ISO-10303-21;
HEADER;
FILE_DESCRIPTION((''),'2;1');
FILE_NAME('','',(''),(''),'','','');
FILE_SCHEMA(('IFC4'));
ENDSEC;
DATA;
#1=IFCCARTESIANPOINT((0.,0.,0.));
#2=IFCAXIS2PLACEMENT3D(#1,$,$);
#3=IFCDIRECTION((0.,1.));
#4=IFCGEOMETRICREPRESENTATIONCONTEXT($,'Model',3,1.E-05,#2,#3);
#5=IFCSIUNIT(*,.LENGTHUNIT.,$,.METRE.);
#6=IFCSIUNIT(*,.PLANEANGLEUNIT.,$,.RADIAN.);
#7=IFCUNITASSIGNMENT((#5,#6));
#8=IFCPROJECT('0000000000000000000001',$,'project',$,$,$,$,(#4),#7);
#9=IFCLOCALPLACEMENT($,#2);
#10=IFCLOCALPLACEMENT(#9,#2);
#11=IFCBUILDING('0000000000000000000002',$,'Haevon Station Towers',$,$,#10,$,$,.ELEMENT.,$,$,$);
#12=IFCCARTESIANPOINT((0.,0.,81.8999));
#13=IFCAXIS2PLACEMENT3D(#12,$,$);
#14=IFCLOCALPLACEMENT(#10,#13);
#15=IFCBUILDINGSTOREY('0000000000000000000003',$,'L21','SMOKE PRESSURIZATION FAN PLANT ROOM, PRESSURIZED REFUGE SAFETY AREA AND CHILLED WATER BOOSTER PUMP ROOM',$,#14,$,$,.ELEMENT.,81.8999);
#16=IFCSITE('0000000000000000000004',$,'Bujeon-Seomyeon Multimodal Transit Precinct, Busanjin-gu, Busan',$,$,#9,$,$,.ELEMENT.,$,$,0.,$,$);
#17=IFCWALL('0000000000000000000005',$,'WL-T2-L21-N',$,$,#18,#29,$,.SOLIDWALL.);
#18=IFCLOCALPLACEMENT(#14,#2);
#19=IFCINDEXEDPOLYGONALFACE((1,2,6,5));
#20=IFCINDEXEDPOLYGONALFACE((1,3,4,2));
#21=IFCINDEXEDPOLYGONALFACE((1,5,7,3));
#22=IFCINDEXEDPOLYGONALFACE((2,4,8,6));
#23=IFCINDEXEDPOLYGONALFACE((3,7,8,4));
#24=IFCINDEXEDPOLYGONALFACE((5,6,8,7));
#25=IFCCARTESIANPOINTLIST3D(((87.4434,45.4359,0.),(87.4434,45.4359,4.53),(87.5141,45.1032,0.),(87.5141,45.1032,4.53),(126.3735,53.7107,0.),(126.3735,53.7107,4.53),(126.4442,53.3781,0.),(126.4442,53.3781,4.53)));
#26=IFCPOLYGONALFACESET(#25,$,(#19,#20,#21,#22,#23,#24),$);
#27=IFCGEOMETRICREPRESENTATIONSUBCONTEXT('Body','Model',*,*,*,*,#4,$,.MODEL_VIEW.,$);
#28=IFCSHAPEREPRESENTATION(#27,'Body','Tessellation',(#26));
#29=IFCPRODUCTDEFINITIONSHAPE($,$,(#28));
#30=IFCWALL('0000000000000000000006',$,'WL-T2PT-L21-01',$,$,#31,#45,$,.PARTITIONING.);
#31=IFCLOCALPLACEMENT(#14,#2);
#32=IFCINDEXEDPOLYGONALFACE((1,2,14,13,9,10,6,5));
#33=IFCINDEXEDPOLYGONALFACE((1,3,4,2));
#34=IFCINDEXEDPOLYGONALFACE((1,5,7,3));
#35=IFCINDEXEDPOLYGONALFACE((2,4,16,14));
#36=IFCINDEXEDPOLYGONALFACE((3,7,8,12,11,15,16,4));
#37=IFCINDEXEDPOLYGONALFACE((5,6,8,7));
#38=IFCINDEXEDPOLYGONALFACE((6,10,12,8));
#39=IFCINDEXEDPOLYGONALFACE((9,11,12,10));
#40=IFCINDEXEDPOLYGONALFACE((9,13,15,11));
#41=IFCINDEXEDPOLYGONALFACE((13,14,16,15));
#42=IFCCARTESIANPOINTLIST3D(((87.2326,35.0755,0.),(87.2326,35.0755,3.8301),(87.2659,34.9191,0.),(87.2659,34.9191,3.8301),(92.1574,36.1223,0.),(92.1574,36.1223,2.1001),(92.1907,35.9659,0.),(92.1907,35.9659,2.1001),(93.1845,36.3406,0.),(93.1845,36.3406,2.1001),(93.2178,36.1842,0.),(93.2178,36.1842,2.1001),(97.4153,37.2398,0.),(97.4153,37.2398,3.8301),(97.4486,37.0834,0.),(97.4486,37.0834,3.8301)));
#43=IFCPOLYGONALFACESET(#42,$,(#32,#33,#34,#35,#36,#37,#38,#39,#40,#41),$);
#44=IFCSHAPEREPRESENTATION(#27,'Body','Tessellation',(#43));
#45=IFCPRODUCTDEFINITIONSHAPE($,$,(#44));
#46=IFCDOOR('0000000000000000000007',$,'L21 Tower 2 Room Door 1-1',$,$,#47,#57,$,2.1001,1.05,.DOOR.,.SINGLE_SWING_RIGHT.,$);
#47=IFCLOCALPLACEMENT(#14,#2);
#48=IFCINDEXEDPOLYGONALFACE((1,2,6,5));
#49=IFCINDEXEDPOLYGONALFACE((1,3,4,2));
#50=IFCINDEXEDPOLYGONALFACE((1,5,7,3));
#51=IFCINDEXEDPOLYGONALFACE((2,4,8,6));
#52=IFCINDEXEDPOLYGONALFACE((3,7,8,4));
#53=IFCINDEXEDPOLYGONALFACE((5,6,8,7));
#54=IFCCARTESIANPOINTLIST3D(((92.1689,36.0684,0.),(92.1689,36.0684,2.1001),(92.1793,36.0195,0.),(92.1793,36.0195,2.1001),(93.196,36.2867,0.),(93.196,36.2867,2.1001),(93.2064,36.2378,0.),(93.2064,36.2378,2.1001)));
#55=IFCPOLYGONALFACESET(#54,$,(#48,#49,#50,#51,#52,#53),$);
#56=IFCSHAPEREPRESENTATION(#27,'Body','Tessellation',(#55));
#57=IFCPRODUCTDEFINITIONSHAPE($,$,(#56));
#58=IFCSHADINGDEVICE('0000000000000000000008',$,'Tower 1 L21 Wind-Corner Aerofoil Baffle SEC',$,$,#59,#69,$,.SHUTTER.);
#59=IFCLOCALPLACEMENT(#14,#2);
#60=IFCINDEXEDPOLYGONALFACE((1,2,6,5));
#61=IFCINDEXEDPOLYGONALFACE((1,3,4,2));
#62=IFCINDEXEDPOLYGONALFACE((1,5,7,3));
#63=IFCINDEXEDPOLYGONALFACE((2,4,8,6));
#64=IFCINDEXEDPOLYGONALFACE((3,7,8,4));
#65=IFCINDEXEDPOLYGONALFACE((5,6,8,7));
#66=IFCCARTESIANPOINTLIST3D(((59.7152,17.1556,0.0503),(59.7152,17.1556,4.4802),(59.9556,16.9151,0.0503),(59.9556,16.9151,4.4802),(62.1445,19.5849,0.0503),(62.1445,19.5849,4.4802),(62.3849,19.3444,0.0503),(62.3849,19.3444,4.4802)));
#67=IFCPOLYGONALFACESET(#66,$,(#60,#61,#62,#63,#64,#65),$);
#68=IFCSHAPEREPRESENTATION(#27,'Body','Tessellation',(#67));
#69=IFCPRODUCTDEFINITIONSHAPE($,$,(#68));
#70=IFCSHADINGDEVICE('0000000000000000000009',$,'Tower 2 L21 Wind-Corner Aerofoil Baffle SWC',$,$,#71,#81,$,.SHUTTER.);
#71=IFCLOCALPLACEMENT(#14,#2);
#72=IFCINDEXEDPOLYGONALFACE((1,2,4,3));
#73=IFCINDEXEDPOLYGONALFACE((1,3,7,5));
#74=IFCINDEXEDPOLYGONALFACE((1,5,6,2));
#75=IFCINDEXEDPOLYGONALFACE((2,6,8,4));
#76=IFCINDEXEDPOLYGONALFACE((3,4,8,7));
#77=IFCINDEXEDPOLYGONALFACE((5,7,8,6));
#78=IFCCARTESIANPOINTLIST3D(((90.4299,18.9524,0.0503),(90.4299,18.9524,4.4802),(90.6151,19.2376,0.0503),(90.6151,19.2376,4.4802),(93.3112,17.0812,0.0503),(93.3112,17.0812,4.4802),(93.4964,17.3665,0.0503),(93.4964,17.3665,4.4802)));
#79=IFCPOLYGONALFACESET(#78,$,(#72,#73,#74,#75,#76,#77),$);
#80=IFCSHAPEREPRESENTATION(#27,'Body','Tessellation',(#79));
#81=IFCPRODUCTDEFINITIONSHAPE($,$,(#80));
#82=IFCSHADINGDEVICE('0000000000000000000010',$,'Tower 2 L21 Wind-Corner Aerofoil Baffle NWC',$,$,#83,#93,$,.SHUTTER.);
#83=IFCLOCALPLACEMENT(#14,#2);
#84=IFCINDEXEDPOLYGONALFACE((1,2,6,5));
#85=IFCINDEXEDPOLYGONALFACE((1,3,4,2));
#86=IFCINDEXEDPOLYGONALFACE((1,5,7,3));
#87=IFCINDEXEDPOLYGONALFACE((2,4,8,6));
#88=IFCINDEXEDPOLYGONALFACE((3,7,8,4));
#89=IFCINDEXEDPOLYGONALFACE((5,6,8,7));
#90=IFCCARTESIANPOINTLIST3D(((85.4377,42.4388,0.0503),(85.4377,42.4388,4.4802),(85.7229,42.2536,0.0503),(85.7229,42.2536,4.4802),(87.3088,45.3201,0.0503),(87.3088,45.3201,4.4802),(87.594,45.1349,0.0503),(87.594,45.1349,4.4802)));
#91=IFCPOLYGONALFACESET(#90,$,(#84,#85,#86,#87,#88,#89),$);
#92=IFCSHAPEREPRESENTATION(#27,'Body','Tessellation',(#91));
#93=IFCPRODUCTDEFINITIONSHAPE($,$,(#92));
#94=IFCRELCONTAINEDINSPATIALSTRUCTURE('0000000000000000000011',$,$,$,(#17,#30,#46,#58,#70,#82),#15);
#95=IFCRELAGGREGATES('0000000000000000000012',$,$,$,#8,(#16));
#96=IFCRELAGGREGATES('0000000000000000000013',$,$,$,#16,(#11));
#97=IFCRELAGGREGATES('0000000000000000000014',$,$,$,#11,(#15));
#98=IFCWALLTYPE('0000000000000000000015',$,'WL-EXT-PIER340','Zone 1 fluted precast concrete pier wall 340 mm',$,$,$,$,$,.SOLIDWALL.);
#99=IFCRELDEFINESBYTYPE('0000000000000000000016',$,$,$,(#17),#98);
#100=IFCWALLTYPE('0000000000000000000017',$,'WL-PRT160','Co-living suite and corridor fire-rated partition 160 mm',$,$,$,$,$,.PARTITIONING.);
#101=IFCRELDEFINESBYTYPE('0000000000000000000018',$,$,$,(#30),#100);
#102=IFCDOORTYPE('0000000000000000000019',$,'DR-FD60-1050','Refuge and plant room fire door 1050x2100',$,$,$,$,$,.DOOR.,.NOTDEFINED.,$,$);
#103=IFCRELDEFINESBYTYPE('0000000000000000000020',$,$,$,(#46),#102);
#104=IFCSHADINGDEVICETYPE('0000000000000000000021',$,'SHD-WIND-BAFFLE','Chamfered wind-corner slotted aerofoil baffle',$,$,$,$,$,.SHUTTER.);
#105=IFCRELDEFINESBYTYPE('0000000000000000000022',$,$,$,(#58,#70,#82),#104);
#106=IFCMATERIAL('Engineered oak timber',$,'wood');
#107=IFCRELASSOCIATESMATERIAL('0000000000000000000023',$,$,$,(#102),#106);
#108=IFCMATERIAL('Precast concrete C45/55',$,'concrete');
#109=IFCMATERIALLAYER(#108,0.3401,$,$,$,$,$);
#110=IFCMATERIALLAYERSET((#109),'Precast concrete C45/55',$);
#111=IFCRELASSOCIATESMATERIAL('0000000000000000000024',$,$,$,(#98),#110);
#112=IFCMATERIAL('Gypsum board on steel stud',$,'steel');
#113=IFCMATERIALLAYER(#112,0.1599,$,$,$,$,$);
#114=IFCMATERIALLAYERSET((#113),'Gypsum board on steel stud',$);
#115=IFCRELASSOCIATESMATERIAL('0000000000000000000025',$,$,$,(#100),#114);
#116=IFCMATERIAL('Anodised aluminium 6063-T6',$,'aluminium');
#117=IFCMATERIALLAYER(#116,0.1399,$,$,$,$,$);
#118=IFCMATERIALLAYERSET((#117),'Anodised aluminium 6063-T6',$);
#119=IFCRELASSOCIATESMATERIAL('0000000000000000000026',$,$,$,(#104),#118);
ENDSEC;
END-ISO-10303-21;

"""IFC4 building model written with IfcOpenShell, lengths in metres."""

from ifc_helpers import new_model, si_unit, direction, frame, frame_2d, origin, origin_2d, place, context, subcontext, project, spatial, rectangle, extrude, material, layer, layer_set, type_object, element, fill, save


model = new_model("IFC4")

# Units and contexts
model_context = context("Model", 3, precision=1e-05, world=origin(), true_north=direction((0.0, 1.0)))
body_context = subcontext(model_context, "Body", "Model", "MODEL_VIEW")
ifc_project = project(units=[si_unit("LENGTHUNIT", "METRE"), si_unit("PLANEANGLEUNIT", "RADIAN")], contexts=[model_context])

# Site, building, storey
site_placement = place(None, origin())
site = spatial("IfcSite", under=ifc_project, at=site_placement, Name="Bujeon-Seomyeon Multimodal Transit Precinct, Busanjin-gu, Busan", CompositionType="ELEMENT", RefElevation=0.0)
building_placement = place(site_placement, origin())
building = spatial("IfcBuilding", under=site, at=building_placement, Name="Haevon Station Towers", CompositionType="ELEMENT")
storey_placement = place(building_placement, frame((0.0, 0.0, 81.8999)))
storey = spatial("IfcBuildingStorey", under=building, at=storey_placement, Name="L21", Description="SMOKE PRESSURIZATION FAN PLANT ROOM, PRESSURIZED REFUGE SAFETY AREA AND CHILLED WATER BOOSTER PUMP ROOM", CompositionType="ELEMENT", Elevation=81.8999)

# Shared definitions
ifc_material_1 = material(Name="Gypsum board on steel stud", Category="steel")
ifc_material_2 = material(Name="Engineered oak timber", Category="wood")
door_type = type_object("IfcDoorType", Name="DR-FD60-1050", Description="Refuge and plant room fire door 1050x2100", OperationType="NOTDEFINED", PredefinedType="DOOR", material=ifc_material_2)

# Wall
ifc_material_3 = material(Name="Precast concrete C45/55", Category="concrete")
ifc_layer_1 = layer(ifc_material_3, 0.3401)
ifc_layer_set_1 = layer_set([ifc_layer_1], Name="Precast concrete C45/55")
wall_type_1 = type_object("IfcWallType", Name="WL-EXT-PIER340", Description="Zone 1 fluted precast concrete pier wall 340 mm", PredefinedType="SOLIDWALL", material=ifc_layer_set_1)
wall_1_placement = place(storey_placement, frame((87.4788, 45.2695, 0.0), z_axis=(0.0, 0.0, 1.0), x_axis=(0.978147, 0.207913, 0.0)))
element("IfcWall", 1, at=wall_1_placement, inside=storey, type_object=wall_type_1, Name="WL-T2-L21-N", PredefinedType="SOLIDWALL", context=body_context, shape_type="SweptSolid", body=[
    extrude(rectangle(XDim=39.7998, YDim=0.3401, at=frame_2d((19.8999, 0.0))), origin(), (0.0, 0.0, 1.0), 4.53),
])

# Wall, opening, door
ifc_layer_2 = layer(ifc_material_1, 0.1599)
ifc_layer_set_2 = layer_set([ifc_layer_2], Name="Gypsum board on steel stud")
wall_type_2 = type_object("IfcWallType", Name="WL-PRT160", Description="Co-living suite and corridor fire-rated partition 160 mm", PredefinedType="PARTITIONING", material=ifc_layer_set_2)
wall_2_placement = place(storey_placement, frame((87.2493, 34.9973, 0.0), z_axis=(0.0, 0.0, 1.0), x_axis=(0.978149, 0.207905, 0.0)))
wall_2 = element("IfcWall", 2, at=wall_2_placement, inside=storey, type_object=wall_type_2, Name="WL-T2PT-L21-01", PredefinedType="PARTITIONING", context=body_context, shape_type="SweptSolid", body=[
    extrude(rectangle(XDim=10.4102, YDim=0.1599, at=frame_2d((5.2051, 0.0))), origin(), (0.0, 0.0, 1.0), 3.8301),
])
opening_1_placement = place(wall_2_placement, frame((5.0349, 0.0, 0.0)))
opening_1 = element("IfcOpeningElement", 3, at=opening_1_placement, cuts=wall_2, PredefinedType="OPENING", context=body_context, shape_type="SweptSolid", body=[
    extrude(rectangle(XDim=1.05, YDim=2.1001, at=frame_2d((0.5249, 1.05))), frame((0.0, 0.0898, 0.0), z_axis=(0.0, -1.0, 0.0), x_axis=(1.0, 0.0, 0.0)), (0.0, 0.0, 1.0), 0.1799),
])
door_1_placement = place(opening_1_placement, origin())
door_1 = element("IfcDoor", 4, at=door_1_placement, inside=storey, type_object=door_type, Name="L21 Tower 2 Room Door 1-1", OperationType="SINGLE_SWING_RIGHT", OverallHeight=2.1001, OverallWidth=1.05, PredefinedType="DOOR", context=body_context, shape_type="SweptSolid", body=[
    extrude(rectangle(XDim=1.05, YDim=2.1001, at=frame_2d((0.5249, 1.05))), frame((0.0, 0.0249, 0.0), z_axis=(0.0, -1.0, 0.0), x_axis=(1.0, 0.0, 0.0)), (0.0, 0.0, 1.0), 0.05),
])
fill(opening_1, door_1)

# Shading devices
ifc_material_4 = material(Name="Anodised aluminium 6063-T6", Category="aluminium")
ifc_layer_3 = layer(ifc_material_4, 0.1399)
ifc_layer_set_3 = layer_set([ifc_layer_3], Name="Anodised aluminium 6063-T6")
shading_device_type = type_object("IfcShadingDeviceType", Name="SHD-WIND-BAFFLE", Description="Chamfered wind-corner slotted aerofoil baffle", PredefinedType="SHUTTER", material=ifc_layer_set_3)
for number, where, z_axis, x_axis, name in (
    (5, (61.05, 18.25, 0.0503), (0.0, 0.0, 1.0), (-0.707107, -0.707107, 0.0), "Tower 1 L21 Wind-Corner Aerofoil Baffle SEC"),
    (6, (91.9631, 18.1594, 0.0503), (0.0, 0.0, 1.0), (-0.838671, 0.544639, 0.0), "Tower 2 L21 Wind-Corner Aerofoil Baffle SWC"),
    (7, (86.5159, 43.7869, 0.0503), (0.0, 0.0, 1.0), (0.544639, 0.838671, 0.0), "Tower 2 L21 Wind-Corner Aerofoil Baffle NWC"),
):
    element("IfcShadingDevice", number, at=place(storey_placement, frame(where, z_axis=z_axis, x_axis=x_axis)), inside=storey, type_object=shading_device_type, Name=name, PredefinedType="SHUTTER", context=body_context, shape_type="SweptSolid", body=[
        extrude(rectangle(XDim=3.4355, YDim=0.3401, at=origin_2d()), origin(), (0.0, 0.0, 1.0), 4.4299),
    ])

save(model, "model.ifc")
